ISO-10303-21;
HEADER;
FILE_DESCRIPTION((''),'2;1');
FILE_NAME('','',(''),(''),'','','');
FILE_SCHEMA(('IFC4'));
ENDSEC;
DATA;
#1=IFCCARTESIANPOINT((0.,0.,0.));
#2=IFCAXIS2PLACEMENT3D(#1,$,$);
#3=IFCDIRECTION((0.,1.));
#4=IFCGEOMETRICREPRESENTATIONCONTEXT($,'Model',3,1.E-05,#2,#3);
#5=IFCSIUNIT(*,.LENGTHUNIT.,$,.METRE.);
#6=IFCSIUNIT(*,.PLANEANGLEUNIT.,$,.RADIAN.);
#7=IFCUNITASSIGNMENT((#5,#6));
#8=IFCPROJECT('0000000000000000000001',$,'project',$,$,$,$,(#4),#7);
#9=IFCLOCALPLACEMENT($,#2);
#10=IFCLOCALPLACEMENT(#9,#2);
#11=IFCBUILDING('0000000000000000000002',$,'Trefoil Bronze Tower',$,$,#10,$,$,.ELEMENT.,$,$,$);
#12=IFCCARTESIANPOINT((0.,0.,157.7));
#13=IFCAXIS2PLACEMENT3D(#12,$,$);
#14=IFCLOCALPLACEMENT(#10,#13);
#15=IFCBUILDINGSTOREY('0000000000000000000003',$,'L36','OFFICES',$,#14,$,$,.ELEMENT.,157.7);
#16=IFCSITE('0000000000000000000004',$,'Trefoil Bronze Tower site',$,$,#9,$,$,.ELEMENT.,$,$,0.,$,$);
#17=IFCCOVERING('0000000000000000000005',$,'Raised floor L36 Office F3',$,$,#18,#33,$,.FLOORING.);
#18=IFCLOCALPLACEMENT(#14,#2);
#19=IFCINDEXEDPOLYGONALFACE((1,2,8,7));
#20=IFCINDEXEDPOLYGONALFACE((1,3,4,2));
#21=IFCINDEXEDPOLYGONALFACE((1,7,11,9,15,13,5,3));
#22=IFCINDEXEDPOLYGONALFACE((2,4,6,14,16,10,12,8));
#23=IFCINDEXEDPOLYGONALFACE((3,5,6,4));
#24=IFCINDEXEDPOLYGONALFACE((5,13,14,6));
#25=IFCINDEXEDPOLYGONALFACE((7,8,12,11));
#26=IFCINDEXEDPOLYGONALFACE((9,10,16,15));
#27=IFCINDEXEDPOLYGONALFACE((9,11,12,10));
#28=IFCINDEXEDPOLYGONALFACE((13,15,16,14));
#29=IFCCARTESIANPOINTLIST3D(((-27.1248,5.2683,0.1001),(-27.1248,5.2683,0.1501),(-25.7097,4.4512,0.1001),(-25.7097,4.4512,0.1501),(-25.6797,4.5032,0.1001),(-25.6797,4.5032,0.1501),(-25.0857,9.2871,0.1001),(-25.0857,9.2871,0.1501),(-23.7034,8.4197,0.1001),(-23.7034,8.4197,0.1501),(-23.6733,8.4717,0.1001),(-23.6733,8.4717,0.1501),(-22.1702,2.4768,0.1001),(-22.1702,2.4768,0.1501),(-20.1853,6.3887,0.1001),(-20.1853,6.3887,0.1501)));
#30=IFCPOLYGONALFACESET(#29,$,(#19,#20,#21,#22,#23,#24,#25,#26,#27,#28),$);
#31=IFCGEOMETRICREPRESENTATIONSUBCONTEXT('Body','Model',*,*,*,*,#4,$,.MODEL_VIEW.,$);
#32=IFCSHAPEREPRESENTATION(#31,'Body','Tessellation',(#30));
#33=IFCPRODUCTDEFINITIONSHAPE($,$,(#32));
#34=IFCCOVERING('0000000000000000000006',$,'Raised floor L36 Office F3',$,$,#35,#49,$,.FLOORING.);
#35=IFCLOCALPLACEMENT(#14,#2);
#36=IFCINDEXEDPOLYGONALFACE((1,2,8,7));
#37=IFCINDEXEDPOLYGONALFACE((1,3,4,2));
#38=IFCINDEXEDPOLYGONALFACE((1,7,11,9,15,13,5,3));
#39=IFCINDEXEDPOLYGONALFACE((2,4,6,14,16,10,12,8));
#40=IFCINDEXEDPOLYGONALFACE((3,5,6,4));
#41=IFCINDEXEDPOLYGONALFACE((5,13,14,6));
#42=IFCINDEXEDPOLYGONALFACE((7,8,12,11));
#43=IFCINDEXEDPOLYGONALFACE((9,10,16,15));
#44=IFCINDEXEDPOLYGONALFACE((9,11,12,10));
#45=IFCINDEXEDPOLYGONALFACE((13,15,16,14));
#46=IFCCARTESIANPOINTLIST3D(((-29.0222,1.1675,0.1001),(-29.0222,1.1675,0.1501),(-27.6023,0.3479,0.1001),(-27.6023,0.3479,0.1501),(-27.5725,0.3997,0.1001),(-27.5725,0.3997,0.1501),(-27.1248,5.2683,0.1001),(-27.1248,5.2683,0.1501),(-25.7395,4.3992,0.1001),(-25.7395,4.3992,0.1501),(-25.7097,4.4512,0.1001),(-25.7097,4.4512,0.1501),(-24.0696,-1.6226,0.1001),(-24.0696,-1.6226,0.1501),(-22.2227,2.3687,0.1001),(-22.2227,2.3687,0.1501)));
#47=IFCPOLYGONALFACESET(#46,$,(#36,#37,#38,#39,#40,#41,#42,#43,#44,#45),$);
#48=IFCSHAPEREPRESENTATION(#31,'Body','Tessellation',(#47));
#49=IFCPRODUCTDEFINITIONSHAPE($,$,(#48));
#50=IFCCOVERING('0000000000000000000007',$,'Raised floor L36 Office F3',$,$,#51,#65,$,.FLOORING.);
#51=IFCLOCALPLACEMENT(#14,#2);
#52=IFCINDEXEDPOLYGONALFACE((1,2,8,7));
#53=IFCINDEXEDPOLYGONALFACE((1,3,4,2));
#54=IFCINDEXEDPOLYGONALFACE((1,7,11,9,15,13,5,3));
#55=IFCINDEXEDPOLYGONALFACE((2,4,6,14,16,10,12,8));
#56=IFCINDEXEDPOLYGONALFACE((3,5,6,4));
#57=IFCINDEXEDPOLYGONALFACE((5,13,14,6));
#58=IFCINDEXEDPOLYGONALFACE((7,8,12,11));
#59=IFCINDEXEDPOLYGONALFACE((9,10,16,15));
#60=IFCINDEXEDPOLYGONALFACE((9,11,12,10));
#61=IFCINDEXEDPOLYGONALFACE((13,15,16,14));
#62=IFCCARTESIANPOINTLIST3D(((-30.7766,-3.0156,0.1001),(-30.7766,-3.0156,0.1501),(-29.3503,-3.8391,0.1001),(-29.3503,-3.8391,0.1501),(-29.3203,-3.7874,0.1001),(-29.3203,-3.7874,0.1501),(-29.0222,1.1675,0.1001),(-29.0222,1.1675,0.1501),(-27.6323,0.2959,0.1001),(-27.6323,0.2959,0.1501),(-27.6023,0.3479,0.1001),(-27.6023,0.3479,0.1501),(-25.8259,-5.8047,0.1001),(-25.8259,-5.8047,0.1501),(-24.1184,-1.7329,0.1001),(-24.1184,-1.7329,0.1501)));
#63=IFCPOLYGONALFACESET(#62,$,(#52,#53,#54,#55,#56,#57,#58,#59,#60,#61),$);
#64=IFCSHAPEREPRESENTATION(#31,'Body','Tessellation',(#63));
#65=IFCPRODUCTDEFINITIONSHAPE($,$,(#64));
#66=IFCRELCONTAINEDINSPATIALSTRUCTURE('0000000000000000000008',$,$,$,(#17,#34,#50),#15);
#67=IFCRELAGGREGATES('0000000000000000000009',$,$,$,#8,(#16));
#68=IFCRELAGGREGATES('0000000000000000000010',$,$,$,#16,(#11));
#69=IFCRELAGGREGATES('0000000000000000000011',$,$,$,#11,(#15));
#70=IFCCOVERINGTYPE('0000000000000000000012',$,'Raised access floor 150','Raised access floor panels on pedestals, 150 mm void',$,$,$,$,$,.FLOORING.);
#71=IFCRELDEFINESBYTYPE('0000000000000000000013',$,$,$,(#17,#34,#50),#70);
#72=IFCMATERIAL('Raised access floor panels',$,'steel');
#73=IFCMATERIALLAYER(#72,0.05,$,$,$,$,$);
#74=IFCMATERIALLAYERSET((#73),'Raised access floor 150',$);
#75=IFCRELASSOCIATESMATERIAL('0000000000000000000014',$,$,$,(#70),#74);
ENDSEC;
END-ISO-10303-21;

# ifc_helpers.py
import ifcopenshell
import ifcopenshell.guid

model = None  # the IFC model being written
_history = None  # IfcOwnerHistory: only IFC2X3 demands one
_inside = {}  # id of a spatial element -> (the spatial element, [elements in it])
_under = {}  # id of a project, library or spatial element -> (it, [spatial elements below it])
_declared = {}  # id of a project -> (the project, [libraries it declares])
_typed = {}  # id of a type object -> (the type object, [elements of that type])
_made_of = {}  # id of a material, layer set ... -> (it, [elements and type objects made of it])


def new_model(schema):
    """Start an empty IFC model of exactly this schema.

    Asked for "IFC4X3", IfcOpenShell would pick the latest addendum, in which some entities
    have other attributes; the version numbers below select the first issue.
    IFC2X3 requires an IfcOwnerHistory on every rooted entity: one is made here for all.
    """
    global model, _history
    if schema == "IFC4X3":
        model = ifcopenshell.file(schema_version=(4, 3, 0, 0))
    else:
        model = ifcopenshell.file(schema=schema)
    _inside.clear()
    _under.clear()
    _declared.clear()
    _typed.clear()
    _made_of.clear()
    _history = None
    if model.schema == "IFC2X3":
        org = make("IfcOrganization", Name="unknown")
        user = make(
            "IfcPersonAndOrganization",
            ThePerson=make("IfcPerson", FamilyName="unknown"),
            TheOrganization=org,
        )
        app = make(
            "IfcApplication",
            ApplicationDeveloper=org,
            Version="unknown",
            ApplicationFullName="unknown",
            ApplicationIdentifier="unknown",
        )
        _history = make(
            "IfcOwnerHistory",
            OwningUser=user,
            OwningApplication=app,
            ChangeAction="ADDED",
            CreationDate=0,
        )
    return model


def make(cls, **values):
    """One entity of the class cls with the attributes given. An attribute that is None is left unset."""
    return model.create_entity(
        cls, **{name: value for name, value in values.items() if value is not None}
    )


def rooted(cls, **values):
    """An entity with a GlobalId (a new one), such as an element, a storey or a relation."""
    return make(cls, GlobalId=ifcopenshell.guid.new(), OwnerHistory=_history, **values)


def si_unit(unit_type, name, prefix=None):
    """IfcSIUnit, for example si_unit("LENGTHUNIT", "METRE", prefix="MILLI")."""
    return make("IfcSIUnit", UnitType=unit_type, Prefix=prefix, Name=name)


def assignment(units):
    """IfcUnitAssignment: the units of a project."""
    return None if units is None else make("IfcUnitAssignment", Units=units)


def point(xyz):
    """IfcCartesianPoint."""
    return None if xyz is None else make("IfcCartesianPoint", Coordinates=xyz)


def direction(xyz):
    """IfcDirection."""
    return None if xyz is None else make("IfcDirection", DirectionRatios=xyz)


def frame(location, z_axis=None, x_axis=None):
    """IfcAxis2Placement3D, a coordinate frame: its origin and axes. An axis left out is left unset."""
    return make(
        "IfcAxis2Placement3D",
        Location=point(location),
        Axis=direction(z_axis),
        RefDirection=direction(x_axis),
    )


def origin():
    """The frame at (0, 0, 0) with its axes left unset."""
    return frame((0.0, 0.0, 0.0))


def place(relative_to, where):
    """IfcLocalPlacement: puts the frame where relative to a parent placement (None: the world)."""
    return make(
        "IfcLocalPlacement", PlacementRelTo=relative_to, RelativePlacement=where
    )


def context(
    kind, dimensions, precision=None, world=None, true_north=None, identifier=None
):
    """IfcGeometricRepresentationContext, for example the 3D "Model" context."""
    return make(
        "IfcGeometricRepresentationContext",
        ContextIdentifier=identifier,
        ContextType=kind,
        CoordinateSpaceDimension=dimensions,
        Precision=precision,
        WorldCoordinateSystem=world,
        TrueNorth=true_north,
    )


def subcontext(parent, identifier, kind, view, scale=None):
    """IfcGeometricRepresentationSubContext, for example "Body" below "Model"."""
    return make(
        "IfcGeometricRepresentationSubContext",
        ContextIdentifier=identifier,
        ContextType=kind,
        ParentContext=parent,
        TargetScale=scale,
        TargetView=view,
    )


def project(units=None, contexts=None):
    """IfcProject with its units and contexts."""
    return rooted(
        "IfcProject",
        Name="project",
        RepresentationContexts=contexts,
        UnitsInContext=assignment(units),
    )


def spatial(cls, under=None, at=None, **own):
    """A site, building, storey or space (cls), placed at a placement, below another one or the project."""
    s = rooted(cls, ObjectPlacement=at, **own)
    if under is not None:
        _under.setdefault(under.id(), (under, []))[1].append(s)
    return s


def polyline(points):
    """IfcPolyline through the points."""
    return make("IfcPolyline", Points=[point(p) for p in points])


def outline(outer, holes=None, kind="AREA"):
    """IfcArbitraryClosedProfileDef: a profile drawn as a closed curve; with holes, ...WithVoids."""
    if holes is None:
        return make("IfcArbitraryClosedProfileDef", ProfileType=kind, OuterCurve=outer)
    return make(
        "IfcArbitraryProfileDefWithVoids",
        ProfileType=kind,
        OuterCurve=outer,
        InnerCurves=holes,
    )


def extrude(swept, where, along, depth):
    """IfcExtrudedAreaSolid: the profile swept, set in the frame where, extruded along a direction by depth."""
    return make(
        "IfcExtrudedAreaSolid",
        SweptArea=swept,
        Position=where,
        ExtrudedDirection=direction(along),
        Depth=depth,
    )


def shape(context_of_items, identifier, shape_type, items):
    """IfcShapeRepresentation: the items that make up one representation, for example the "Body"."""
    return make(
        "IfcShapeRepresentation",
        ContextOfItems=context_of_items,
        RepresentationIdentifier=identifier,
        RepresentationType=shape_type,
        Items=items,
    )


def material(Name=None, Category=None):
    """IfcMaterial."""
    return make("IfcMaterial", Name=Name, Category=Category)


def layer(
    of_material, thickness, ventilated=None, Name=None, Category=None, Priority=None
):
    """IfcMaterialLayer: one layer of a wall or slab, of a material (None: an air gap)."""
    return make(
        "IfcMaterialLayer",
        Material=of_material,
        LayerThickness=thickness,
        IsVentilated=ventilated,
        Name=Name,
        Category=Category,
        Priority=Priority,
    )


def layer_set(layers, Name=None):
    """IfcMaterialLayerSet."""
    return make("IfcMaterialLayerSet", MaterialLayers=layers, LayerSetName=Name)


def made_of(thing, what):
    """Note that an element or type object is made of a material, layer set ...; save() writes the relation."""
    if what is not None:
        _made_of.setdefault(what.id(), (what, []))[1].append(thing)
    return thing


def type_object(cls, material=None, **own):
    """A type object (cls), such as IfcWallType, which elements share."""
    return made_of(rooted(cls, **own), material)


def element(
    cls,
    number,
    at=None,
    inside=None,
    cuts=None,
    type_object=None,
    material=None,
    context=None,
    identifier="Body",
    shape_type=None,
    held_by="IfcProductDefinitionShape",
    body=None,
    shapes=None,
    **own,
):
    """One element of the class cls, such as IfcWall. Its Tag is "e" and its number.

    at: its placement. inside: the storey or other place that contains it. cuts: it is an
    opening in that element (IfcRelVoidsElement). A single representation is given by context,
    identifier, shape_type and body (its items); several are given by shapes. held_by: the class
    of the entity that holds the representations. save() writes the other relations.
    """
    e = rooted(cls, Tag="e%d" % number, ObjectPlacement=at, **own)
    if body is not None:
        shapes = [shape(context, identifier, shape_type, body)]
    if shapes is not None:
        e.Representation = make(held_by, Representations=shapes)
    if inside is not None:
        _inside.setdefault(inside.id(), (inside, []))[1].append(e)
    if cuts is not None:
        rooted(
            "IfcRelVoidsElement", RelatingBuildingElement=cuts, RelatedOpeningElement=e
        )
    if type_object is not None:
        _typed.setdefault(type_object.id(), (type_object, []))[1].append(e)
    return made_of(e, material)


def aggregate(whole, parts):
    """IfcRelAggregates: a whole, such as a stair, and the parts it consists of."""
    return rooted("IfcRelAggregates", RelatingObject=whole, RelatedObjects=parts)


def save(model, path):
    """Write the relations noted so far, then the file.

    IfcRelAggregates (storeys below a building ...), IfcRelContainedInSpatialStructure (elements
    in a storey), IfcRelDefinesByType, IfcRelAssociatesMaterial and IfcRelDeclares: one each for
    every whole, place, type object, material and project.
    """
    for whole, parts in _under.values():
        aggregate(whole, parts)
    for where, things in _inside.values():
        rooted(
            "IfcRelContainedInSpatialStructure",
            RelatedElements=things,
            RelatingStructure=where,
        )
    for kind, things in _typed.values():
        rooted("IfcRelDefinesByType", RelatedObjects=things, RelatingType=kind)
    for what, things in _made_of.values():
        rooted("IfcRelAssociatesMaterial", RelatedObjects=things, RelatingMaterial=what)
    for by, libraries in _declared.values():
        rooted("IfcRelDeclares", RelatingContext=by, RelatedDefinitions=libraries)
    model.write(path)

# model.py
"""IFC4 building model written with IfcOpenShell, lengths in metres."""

from ifc_helpers import new_model, si_unit, direction, frame, origin, place, context, subcontext, project, spatial, polyline, outline, extrude, material, layer, layer_set, type_object, element, save


model = new_model("IFC4")

# Units and contexts
model_context = context("Model", 3, precision=1e-05, world=origin(), true_north=direction((0.0, 1.0)))
body_context = subcontext(model_context, "Body", "Model", "MODEL_VIEW")
ifc_project = project(units=[si_unit("LENGTHUNIT", "METRE"), si_unit("PLANEANGLEUNIT", "RADIAN")], contexts=[model_context])

# Site, building, storey
site_placement = place(None, origin())
site = spatial("IfcSite", under=ifc_project, at=site_placement, Name="Trefoil Bronze Tower site", CompositionType="ELEMENT", RefElevation=0.0)
building_placement = place(site_placement, origin())
building = spatial("IfcBuilding", under=site, at=building_placement, Name="Trefoil Bronze Tower", CompositionType="ELEMENT")
storey_placement = place(building_placement, frame((0.0, 0.0, 157.7)))
storey = spatial("IfcBuildingStorey", under=building, at=storey_placement, Name="L36", Description="OFFICES", CompositionType="ELEMENT", Elevation=157.7)

# Coverings
ifc_material_1 = material(Name="Raised access floor panels", Category="steel")
ifc_layer_1 = layer(ifc_material_1, 0.05)
ifc_layer_set_1 = layer_set([ifc_layer_1], Name="Raised access floor 150")
covering_type_1 = type_object("IfcCoveringType", Name="Raised access floor 150", Description="Raised access floor panels on pedestals, 150 mm void", PredefinedType="FLOORING", material=ifc_layer_set_1)
covering_1_placement = place(storey_placement, frame((0.0, 0.0, 0.1001)))
element("IfcCovering", 1, at=covering_1_placement, inside=storey, type_object=covering_type_1, Name="Raised floor L36 Office F3", PredefinedType="FLOORING", context=body_context, shape_type="SweptSolid", body=[
    extrude(outline(polyline([(-27.1248, 5.2683), (-25.0857, 9.2871), (-23.6733, 8.4717), (-23.7034, 8.4197), (-20.1853, 6.3887), (-22.1702, 2.4768), (-25.6797, 4.5032), (-25.7097, 4.4512), (-27.1248, 5.2683)])), origin(), (0.0, 0.0, 1.0), 0.05),
])
covering_2_placement = place(storey_placement, frame((0.0, 0.0, 0.1001)))
element("IfcCovering", 2, at=covering_2_placement, inside=storey, type_object=covering_type_1, Name="Raised floor L36 Office F3", PredefinedType="FLOORING", context=body_context, shape_type="SweptSolid", body=[
    extrude(outline(polyline([(-29.0222, 1.1675), (-27.1248, 5.2683), (-25.7097, 4.4512), (-25.7395, 4.3992), (-22.2227, 2.3687), (-24.0696, -1.6226), (-27.5725, 0.3997), (-27.6023, 0.3479), (-29.0222, 1.1675)])), origin(), (0.0, 0.0, 1.0), 0.05),
])
covering_3_placement = place(storey_placement, frame((0.0, 0.0, 0.1001)))
element("IfcCovering", 3, at=covering_3_placement, inside=storey, type_object=covering_type_1, Name="Raised floor L36 Office F3", PredefinedType="FLOORING", context=body_context, shape_type="SweptSolid", body=[
    extrude(outline(polyline([(-30.7766, -3.0156), (-29.0222, 1.1675), (-27.6023, 0.3479), (-27.6323, 0.2959), (-24.1184, -1.7329), (-25.8259, -5.8047), (-29.3203, -3.7874), (-29.3503, -3.8391), (-30.7766, -3.0156)])), origin(), (0.0, 0.0, 1.0), 0.05),
])

save(model, "model.ifc")
